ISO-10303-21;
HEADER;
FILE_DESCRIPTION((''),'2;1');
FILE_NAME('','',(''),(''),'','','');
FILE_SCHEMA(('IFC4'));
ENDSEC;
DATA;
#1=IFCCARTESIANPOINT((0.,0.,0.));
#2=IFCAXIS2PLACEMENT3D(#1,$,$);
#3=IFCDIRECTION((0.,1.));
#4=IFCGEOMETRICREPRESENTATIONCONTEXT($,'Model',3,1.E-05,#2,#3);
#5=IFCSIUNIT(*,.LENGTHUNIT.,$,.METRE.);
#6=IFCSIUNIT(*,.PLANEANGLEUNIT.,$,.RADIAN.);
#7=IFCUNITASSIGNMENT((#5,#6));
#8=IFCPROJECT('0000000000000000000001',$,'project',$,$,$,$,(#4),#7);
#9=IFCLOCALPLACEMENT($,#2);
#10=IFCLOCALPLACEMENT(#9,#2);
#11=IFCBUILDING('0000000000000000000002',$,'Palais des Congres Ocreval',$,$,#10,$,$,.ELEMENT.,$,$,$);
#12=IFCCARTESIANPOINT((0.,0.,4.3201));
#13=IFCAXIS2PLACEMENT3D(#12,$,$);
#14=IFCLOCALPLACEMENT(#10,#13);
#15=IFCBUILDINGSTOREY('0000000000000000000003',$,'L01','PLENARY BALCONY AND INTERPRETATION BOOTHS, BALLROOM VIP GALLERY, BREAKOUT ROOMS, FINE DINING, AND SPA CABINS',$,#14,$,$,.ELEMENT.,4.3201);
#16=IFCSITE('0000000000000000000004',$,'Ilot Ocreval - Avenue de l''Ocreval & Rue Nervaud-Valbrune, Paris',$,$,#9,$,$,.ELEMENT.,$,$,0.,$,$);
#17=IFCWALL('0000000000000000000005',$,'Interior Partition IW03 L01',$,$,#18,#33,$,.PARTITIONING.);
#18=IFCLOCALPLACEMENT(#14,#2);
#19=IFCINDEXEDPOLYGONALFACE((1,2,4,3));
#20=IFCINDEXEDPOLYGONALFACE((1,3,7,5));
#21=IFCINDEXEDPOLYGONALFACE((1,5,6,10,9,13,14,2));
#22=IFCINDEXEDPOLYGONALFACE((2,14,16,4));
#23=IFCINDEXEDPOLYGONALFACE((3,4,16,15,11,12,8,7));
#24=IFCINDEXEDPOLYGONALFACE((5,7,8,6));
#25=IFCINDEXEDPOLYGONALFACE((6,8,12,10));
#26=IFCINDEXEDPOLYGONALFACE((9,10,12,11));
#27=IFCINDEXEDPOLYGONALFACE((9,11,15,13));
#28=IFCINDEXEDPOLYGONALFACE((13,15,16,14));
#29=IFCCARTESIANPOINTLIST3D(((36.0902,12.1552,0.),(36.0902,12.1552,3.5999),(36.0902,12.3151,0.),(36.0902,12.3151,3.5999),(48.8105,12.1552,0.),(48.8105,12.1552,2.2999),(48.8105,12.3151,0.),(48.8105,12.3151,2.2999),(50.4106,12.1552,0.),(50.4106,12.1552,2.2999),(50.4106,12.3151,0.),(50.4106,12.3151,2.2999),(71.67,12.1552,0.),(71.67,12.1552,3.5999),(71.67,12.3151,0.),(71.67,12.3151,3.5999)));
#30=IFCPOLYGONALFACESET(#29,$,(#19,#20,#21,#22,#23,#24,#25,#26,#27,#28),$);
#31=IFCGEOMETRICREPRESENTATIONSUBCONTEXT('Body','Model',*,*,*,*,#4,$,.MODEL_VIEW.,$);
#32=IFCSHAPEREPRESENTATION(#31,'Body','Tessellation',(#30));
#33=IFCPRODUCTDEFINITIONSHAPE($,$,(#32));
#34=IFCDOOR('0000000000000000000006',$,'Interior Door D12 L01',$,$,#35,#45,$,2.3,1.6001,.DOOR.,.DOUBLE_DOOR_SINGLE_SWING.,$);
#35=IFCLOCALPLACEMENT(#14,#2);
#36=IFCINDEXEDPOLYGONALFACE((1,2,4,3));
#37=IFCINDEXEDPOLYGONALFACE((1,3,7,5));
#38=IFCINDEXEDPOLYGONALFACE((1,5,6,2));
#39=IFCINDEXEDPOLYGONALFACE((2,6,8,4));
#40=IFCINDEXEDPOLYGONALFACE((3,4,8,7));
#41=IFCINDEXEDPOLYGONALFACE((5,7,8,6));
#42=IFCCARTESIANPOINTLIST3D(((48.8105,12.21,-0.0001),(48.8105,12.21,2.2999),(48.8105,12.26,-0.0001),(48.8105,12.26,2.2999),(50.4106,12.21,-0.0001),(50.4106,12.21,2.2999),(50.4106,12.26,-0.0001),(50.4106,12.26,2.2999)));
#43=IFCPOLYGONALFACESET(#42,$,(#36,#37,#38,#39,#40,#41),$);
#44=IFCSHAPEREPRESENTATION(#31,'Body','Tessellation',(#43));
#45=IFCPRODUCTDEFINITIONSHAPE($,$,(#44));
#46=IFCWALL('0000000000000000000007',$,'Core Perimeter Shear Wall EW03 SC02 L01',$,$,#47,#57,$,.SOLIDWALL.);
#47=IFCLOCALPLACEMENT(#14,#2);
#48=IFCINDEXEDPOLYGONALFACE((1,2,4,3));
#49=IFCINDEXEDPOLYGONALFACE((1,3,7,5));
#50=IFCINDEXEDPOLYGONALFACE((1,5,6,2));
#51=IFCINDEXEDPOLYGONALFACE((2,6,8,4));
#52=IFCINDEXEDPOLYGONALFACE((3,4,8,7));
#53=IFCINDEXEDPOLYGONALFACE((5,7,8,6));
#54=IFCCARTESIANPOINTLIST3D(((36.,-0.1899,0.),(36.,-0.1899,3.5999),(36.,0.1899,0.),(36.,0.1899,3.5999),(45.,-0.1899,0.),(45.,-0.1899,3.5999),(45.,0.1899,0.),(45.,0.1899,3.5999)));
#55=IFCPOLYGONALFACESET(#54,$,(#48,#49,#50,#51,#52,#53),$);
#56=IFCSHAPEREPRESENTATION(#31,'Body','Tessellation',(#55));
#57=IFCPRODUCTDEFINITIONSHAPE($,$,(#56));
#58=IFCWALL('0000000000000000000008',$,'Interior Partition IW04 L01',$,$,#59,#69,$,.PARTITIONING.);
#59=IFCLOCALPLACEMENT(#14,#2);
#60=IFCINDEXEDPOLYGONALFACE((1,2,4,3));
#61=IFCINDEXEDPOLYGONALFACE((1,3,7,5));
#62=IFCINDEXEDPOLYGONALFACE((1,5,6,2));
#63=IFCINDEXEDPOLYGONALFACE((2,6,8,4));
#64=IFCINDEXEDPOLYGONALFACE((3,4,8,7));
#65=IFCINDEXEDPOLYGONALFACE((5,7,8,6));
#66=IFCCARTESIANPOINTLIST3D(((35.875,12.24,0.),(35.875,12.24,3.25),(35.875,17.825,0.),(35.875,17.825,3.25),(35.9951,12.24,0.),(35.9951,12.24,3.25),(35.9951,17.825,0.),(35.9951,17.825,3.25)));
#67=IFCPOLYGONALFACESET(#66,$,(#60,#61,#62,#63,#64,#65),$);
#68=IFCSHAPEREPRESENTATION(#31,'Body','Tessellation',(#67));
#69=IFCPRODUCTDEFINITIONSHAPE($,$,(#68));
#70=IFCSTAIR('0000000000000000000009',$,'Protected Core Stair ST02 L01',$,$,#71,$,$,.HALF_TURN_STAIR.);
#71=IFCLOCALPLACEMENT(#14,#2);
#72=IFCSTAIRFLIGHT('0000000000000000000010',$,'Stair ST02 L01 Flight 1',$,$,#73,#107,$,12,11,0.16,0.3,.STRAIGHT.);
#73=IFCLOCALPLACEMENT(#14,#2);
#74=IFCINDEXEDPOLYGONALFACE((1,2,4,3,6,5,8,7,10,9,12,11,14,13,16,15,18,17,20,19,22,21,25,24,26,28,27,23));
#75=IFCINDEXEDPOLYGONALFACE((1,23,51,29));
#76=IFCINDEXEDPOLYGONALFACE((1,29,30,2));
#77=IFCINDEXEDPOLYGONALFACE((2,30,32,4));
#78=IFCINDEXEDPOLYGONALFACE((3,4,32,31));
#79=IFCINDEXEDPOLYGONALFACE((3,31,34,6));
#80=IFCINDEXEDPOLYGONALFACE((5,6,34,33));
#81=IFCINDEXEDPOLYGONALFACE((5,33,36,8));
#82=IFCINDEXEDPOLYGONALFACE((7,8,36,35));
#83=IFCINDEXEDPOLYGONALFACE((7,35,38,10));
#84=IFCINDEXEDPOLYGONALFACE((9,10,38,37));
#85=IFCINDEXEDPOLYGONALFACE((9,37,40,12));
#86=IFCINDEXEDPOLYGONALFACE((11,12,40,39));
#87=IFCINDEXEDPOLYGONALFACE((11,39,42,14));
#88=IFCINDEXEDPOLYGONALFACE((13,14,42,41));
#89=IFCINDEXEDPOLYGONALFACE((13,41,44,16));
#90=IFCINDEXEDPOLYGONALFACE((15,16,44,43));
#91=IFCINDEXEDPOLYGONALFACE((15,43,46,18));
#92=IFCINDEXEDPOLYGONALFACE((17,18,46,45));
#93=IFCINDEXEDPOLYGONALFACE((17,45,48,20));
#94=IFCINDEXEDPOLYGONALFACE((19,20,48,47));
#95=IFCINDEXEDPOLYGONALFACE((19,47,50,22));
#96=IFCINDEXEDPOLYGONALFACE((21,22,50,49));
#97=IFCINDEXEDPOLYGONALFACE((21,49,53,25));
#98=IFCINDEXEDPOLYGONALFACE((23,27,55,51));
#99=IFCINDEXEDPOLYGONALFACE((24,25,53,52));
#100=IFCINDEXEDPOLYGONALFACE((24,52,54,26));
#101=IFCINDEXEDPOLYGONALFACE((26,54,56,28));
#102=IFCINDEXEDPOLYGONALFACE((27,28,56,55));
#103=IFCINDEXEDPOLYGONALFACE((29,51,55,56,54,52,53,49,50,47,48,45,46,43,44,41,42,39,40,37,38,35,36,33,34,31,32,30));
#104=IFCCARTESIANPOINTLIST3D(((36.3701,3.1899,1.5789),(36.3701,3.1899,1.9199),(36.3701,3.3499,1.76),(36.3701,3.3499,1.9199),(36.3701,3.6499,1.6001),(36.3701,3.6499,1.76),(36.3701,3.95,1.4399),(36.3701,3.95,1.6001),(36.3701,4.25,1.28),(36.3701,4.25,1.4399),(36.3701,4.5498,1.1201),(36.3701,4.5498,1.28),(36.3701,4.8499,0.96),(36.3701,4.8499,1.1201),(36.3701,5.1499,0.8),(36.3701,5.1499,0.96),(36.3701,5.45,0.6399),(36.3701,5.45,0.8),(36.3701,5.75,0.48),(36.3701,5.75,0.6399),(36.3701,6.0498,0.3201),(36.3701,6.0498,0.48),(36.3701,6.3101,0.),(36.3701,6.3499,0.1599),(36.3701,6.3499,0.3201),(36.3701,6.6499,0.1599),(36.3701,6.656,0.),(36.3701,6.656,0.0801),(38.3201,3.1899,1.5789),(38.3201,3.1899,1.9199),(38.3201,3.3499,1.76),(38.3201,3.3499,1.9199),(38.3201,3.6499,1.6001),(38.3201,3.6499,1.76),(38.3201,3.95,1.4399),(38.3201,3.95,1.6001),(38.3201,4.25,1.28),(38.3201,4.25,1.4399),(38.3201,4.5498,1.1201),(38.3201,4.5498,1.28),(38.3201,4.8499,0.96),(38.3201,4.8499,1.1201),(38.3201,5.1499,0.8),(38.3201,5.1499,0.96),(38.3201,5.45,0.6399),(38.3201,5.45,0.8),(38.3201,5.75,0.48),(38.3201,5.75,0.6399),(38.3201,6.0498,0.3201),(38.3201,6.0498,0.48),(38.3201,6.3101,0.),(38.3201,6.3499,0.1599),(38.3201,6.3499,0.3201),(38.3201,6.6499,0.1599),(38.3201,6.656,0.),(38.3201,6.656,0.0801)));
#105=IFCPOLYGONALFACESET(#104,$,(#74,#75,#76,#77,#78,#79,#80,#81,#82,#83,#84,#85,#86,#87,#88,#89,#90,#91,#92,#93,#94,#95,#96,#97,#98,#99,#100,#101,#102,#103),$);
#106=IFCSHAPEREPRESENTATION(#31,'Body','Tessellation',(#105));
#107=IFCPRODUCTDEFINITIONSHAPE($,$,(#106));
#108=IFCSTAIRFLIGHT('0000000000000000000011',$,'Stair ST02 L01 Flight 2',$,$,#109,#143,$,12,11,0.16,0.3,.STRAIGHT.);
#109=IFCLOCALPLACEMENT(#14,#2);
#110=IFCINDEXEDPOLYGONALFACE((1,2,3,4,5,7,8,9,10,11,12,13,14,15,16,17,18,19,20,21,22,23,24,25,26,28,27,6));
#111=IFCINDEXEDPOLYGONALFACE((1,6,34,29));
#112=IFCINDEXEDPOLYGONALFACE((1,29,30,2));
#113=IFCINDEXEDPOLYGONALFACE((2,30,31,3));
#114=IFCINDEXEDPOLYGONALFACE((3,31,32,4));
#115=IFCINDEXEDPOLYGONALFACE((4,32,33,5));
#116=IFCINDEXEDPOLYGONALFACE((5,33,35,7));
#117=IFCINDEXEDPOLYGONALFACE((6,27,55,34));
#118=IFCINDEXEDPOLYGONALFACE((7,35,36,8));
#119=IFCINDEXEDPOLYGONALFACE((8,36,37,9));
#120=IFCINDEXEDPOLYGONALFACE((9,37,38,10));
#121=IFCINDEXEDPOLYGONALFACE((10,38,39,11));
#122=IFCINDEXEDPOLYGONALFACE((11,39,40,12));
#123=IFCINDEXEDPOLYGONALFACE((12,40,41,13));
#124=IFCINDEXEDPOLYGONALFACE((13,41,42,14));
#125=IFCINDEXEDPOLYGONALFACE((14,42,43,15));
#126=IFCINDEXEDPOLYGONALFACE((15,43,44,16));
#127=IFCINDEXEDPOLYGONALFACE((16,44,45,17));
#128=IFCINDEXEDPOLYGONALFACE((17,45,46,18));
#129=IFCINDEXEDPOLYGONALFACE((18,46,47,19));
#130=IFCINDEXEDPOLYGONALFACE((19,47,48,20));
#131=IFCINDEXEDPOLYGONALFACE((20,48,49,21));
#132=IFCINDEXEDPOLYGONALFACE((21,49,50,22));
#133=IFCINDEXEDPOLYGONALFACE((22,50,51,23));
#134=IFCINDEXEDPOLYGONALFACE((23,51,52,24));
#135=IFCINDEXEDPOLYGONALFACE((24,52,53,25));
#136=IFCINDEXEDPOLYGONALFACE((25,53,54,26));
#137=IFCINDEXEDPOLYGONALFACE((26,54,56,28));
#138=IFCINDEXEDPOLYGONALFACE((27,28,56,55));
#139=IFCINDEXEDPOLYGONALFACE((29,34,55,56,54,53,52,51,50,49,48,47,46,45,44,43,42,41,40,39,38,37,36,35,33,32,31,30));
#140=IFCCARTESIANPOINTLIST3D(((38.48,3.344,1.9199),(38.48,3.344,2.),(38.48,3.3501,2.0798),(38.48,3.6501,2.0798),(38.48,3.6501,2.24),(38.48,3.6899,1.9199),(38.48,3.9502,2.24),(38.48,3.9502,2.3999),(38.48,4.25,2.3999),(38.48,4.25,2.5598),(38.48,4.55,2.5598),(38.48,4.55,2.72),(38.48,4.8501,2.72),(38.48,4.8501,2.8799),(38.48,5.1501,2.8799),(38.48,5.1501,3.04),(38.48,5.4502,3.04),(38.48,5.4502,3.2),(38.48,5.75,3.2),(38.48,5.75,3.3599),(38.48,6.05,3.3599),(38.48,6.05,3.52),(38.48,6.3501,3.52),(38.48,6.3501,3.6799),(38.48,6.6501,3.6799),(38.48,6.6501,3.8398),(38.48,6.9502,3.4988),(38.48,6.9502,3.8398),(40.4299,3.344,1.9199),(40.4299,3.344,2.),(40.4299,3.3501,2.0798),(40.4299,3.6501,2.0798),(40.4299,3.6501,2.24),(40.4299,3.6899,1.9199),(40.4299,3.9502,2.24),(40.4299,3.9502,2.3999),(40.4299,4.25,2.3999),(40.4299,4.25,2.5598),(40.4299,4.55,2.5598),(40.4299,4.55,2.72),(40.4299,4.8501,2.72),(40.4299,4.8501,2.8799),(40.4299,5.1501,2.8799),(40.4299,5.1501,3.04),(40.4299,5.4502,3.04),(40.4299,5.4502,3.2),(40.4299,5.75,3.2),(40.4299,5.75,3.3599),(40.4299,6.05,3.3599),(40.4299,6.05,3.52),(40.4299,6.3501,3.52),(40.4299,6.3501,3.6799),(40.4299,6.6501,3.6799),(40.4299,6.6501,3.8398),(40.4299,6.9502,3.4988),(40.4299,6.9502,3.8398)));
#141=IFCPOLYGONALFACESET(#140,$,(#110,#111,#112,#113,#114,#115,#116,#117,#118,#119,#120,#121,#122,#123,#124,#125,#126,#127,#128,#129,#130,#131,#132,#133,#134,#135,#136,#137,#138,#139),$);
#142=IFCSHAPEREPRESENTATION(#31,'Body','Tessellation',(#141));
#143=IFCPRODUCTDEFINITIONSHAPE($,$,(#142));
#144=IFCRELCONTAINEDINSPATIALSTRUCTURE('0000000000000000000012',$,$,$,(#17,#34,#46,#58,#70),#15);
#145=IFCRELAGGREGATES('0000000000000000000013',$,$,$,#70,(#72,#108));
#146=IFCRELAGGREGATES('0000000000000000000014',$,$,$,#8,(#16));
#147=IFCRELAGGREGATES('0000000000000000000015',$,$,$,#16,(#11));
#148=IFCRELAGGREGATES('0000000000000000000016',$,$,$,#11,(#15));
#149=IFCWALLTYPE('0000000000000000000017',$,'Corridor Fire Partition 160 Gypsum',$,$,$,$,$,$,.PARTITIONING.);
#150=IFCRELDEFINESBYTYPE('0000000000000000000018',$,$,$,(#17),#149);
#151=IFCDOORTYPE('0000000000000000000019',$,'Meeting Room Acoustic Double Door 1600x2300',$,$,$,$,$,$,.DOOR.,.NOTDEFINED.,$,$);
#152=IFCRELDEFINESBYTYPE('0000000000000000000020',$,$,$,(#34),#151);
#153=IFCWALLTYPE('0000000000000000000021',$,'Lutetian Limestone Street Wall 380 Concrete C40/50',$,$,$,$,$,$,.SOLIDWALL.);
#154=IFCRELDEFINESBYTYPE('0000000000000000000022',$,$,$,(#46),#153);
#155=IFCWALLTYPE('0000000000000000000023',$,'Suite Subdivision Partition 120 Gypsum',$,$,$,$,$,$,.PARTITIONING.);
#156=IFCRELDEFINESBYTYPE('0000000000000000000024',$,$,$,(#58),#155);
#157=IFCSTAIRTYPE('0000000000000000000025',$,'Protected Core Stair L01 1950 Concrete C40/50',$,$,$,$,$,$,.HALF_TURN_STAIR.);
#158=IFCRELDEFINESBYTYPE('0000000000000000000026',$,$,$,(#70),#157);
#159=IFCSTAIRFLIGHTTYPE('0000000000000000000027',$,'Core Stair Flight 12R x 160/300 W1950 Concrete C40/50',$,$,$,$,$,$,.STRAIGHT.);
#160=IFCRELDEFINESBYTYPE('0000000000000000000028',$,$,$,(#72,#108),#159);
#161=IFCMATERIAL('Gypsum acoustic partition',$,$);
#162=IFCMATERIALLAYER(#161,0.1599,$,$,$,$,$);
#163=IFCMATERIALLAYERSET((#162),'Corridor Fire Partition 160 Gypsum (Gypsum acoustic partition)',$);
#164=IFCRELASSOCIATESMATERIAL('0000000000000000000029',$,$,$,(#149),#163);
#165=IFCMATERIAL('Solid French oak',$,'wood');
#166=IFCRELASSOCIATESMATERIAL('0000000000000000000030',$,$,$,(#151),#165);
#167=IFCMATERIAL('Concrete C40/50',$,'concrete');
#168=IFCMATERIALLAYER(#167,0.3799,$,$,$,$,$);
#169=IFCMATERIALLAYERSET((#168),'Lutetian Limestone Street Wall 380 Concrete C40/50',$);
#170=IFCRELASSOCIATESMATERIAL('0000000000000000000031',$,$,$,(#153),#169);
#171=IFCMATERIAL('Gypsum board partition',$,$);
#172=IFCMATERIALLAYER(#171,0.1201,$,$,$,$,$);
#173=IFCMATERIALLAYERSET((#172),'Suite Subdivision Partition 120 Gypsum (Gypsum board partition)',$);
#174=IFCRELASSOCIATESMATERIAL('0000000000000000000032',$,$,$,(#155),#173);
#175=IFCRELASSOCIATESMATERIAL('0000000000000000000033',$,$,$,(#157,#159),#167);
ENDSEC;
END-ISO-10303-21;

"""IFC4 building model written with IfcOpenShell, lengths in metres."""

from ifc_helpers import new_model, si_unit, direction, frame, frame_2d, origin, place, context, subcontext, project, spatial, polyline, rectangle, outline, extrude, material, layer, layer_set, type_object, element, fill, aggregate, save


model = new_model("IFC4")

# Units and contexts
model_context = context("Model", 3, precision=1e-05, world=origin(), true_north=direction((0.0, 1.0)))
body_context = subcontext(model_context, "Body", "Model", "MODEL_VIEW")
ifc_project = project(units=[si_unit("LENGTHUNIT", "METRE"), si_unit("PLANEANGLEUNIT", "RADIAN")], contexts=[model_context])

# Site, building, storey
site_placement = place(None, origin())
site = spatial("IfcSite", under=ifc_project, at=site_placement, Name="Ilot Ocreval - Avenue de l'Ocreval & Rue Nervaud-Valbrune, Paris", CompositionType="ELEMENT", RefElevation=0.0)
building_placement = place(site_placement, origin())
building = spatial("IfcBuilding", under=site, at=building_placement, Name="Palais des Congres Ocreval", CompositionType="ELEMENT")
storey_placement = place(building_placement, frame((0.0, 0.0, 4.3201)))
storey = spatial("IfcBuildingStorey", under=building, at=storey_placement, Name="L01", Description="PLENARY BALCONY AND INTERPRETATION BOOTHS, BALLROOM VIP GALLERY, BREAKOUT ROOMS, FINE DINING, AND SPA CABINS", CompositionType="ELEMENT", Elevation=4.3201)

# Shared definitions
ifc_material_1 = material(Name="Concrete C40/50", Category="concrete")

# Wall, opening, door
ifc_material_2 = material(Name="Gypsum acoustic partition")
ifc_layer_1 = layer(ifc_material_2, 0.1599)
ifc_layer_set_1 = layer_set([ifc_layer_1], Name="Corridor Fire Partition 160 Gypsum (Gypsum acoustic partition)")
wall_type_1 = type_object("IfcWallType", Name="Corridor Fire Partition 160 Gypsum", PredefinedType="PARTITIONING", material=ifc_layer_set_1)
wall_1_placement = place(storey_placement, frame((36.0901, 12.2351, 0.0), z_axis=(0.0, 0.0, 1.0), x_axis=(1.0, 0.0, 0.0)))
wall_1 = element("IfcWall", 1, at=wall_1_placement, inside=storey, type_object=wall_type_1, Name="Interior Partition IW03 L01", PredefinedType="PARTITIONING", context=body_context, shape_type="SweptSolid", body=[
    extrude(rectangle(XDim=35.5798, YDim=0.1599, at=frame_2d((17.79, 0.0))), origin(), (0.0, 0.0, 1.0), 3.5999),
])
opening_1_placement = place(wall_1_placement, frame((12.7205, 0.0, 0.0)))
opening_1 = element("IfcOpeningElement", 2, at=opening_1_placement, cuts=wall_1, PredefinedType="OPENING", context=body_context, shape_type="SweptSolid", body=[
    extrude(rectangle(XDim=1.6001, YDim=2.3, at=frame_2d((0.8, 1.1499))), frame((0.0, 0.0898, 0.0), z_axis=(0.0, -1.0, 0.0), x_axis=(1.0, 0.0, 0.0)), (0.0, 0.0, 1.0), 0.1799),
])
ifc_material_3 = material(Name="Solid French oak", Category="wood")
door_type_1 = type_object("IfcDoorType", Name="Meeting Room Acoustic Double Door 1600x2300", OperationType="NOTDEFINED", PredefinedType="DOOR", material=ifc_material_3)
door_1_placement = place(opening_1_placement, origin())
door_1 = element("IfcDoor", 3, at=door_1_placement, inside=storey, type_object=door_type_1, Name="Interior Door D12 L01", OperationType="DOUBLE_DOOR_SINGLE_SWING", OverallHeight=2.3, OverallWidth=1.6001, PredefinedType="DOOR", context=body_context, shape_type="SweptSolid", body=[
    extrude(rectangle(XDim=1.6001, YDim=2.3, at=frame_2d((0.8, 1.1499))), frame((0.0, 0.0249, 0.0), z_axis=(0.0, -1.0, 0.0), x_axis=(1.0, 0.0, 0.0)), (0.0, 0.0, 1.0), 0.05),
])
fill(opening_1, door_1)

# Walls
ifc_layer_2 = layer(ifc_material_1, 0.3799)
ifc_layer_set_2 = layer_set([ifc_layer_2], Name="Lutetian Limestone Street Wall 380 Concrete C40/50")
wall_type_2 = type_object("IfcWallType", Name="Lutetian Limestone Street Wall 380 Concrete C40/50", PredefinedType="SOLIDWALL", material=ifc_layer_set_2)
wall_2_placement = place(storey_placement, frame((45.0, 0.0, 0.0), z_axis=(0.0, 0.0, 1.0), x_axis=(-1.0, 0.0, 0.0)))
element("IfcWall", 4, at=wall_2_placement, inside=storey, type_object=wall_type_2, Name="Core Perimeter Shear Wall EW03 SC02 L01", PredefinedType="SOLIDWALL", context=body_context, shape_type="SweptSolid", body=[
    extrude(rectangle(XDim=9.0, YDim=0.3799, at=frame_2d((4.5, 0.0))), origin(), (0.0, 0.0, 1.0), 3.5999),
])
ifc_material_4 = material(Name="Gypsum board partition")
ifc_layer_3 = layer(ifc_material_4, 0.1201)
ifc_layer_set_3 = layer_set([ifc_layer_3], Name="Suite Subdivision Partition 120 Gypsum (Gypsum board partition)")
wall_type_3 = type_object("IfcWallType", Name="Suite Subdivision Partition 120 Gypsum", PredefinedType="PARTITIONING", material=ifc_layer_set_3)
wall_3_placement = place(storey_placement, frame((35.9351, 12.24, 0.0), z_axis=(0.0, 0.0, 1.0), x_axis=(0.0, 1.0, 0.0)))
element("IfcWall", 5, at=wall_3_placement, inside=storey, type_object=wall_type_3, Name="Interior Partition IW04 L01", PredefinedType="PARTITIONING", context=body_context, shape_type="SweptSolid", body=[
    extrude(rectangle(XDim=5.585, YDim=0.1201, at=frame_2d((2.7925, 0.0))), origin(), (0.0, 0.0, 1.0), 3.25),
])

# Stair, stair flights
stair_type = type_object("IfcStairType", Name="Protected Core Stair L01 1950 Concrete C40/50", PredefinedType="HALF_TURN_STAIR", material=ifc_material_1)
stair_placement = place(storey_placement, origin())
stair = element("IfcStair", 6, at=stair_placement, inside=storey, type_object=stair_type, Name="Protected Core Stair ST02 L01", PredefinedType="HALF_TURN_STAIR")
stair_flight_type = type_object("IfcStairFlightType", Name="Core Stair Flight 12R x 160/300 W1950 Concrete C40/50", PredefinedType="STRAIGHT", material=ifc_material_1)
stair_flight_1_placement = place(storey_placement, frame((37.345, 6.6499, 0.0), z_axis=(0.0, 0.0, 1.0), x_axis=(0.0, -1.0, 0.0)))
stair_flight_1 = element("IfcStairFlight", 7, at=stair_flight_1_placement, type_object=stair_flight_type, Name="Stair ST02 L01 Flight 1", NumberOfRisers=12, NumberOfTreads=11, PredefinedType="STRAIGHT", RiserHeight=0.16, TreadLength=0.3, context=body_context, shape_type="SweptSolid", body=[
    extrude(outline(polyline([(-0.0061, 0.0), (-0.0061, 0.0801), (0.0, 0.1599), (0.3, 0.1599), (0.3, 0.3201), (0.6001, 0.3201), (0.6001, 0.48), (0.8999, 0.48), (0.8999, 0.6399), (1.2, 0.6399), (1.2, 0.8), (1.5, 0.8), (1.5, 0.96), (1.8, 0.96), (1.8, 1.1201), (2.1001, 1.1201), (2.1001, 1.28), (2.3999, 1.28), (2.3999, 1.4399), (2.7, 1.4399), (2.7, 1.6001), (3.0, 1.6001), (3.0, 1.76), (3.3, 1.76), (3.3, 1.9199), (3.46, 1.9199), (3.46, 1.5789), (0.3398, 0.0), (-0.0061, 0.0)])), frame((0.0, 0.9751, 0.0), z_axis=(0.0, -1.0, 0.0), x_axis=(1.0, 0.0, 0.0)), (0.0, 0.0, 1.0), 1.95),
])
stair_flight_2_placement = place(storey_placement, frame((39.4551, 3.3501, 1.9199), z_axis=(0.0, 0.0, 1.0), x_axis=(0.0, 1.0, 0.0)))
stair_flight_2 = element("IfcStairFlight", 8, at=stair_flight_2_placement, type_object=stair_flight_type, Name="Stair ST02 L01 Flight 2", NumberOfRisers=12, NumberOfTreads=11, PredefinedType="STRAIGHT", RiserHeight=0.16, TreadLength=0.3, context=body_context, shape_type="SweptSolid", body=[
    extrude(outline(polyline([(-0.0061, 0.0), (-0.0061, 0.0801), (0.0, 0.1599), (0.3, 0.1599), (0.3, 0.3201), (0.6001, 0.3201), (0.6001, 0.48), (0.8999, 0.48), (0.8999, 0.6399), (1.2, 0.6399), (1.2, 0.8), (1.5, 0.8), (1.5, 0.96), (1.8, 0.96), (1.8, 1.1201), (2.1001, 1.1201), (2.1001, 1.28), (2.3999, 1.28), (2.3999, 1.4399), (2.7, 1.4399), (2.7, 1.6001), (3.0, 1.6001), (3.0, 1.76), (3.3, 1.76), (3.3, 1.9199), (3.6001, 1.9199), (3.6001, 1.5789), (0.3398, 0.0), (-0.0061, 0.0)])), frame((0.0, 0.9751, 0.0), z_axis=(0.0, -1.0, 0.0), x_axis=(1.0, 0.0, 0.0)), (0.0, 0.0, 1.0), 1.95),
])
aggregate(stair, [stair_flight_1, stair_flight_2])

save(model, "model.ifc")
